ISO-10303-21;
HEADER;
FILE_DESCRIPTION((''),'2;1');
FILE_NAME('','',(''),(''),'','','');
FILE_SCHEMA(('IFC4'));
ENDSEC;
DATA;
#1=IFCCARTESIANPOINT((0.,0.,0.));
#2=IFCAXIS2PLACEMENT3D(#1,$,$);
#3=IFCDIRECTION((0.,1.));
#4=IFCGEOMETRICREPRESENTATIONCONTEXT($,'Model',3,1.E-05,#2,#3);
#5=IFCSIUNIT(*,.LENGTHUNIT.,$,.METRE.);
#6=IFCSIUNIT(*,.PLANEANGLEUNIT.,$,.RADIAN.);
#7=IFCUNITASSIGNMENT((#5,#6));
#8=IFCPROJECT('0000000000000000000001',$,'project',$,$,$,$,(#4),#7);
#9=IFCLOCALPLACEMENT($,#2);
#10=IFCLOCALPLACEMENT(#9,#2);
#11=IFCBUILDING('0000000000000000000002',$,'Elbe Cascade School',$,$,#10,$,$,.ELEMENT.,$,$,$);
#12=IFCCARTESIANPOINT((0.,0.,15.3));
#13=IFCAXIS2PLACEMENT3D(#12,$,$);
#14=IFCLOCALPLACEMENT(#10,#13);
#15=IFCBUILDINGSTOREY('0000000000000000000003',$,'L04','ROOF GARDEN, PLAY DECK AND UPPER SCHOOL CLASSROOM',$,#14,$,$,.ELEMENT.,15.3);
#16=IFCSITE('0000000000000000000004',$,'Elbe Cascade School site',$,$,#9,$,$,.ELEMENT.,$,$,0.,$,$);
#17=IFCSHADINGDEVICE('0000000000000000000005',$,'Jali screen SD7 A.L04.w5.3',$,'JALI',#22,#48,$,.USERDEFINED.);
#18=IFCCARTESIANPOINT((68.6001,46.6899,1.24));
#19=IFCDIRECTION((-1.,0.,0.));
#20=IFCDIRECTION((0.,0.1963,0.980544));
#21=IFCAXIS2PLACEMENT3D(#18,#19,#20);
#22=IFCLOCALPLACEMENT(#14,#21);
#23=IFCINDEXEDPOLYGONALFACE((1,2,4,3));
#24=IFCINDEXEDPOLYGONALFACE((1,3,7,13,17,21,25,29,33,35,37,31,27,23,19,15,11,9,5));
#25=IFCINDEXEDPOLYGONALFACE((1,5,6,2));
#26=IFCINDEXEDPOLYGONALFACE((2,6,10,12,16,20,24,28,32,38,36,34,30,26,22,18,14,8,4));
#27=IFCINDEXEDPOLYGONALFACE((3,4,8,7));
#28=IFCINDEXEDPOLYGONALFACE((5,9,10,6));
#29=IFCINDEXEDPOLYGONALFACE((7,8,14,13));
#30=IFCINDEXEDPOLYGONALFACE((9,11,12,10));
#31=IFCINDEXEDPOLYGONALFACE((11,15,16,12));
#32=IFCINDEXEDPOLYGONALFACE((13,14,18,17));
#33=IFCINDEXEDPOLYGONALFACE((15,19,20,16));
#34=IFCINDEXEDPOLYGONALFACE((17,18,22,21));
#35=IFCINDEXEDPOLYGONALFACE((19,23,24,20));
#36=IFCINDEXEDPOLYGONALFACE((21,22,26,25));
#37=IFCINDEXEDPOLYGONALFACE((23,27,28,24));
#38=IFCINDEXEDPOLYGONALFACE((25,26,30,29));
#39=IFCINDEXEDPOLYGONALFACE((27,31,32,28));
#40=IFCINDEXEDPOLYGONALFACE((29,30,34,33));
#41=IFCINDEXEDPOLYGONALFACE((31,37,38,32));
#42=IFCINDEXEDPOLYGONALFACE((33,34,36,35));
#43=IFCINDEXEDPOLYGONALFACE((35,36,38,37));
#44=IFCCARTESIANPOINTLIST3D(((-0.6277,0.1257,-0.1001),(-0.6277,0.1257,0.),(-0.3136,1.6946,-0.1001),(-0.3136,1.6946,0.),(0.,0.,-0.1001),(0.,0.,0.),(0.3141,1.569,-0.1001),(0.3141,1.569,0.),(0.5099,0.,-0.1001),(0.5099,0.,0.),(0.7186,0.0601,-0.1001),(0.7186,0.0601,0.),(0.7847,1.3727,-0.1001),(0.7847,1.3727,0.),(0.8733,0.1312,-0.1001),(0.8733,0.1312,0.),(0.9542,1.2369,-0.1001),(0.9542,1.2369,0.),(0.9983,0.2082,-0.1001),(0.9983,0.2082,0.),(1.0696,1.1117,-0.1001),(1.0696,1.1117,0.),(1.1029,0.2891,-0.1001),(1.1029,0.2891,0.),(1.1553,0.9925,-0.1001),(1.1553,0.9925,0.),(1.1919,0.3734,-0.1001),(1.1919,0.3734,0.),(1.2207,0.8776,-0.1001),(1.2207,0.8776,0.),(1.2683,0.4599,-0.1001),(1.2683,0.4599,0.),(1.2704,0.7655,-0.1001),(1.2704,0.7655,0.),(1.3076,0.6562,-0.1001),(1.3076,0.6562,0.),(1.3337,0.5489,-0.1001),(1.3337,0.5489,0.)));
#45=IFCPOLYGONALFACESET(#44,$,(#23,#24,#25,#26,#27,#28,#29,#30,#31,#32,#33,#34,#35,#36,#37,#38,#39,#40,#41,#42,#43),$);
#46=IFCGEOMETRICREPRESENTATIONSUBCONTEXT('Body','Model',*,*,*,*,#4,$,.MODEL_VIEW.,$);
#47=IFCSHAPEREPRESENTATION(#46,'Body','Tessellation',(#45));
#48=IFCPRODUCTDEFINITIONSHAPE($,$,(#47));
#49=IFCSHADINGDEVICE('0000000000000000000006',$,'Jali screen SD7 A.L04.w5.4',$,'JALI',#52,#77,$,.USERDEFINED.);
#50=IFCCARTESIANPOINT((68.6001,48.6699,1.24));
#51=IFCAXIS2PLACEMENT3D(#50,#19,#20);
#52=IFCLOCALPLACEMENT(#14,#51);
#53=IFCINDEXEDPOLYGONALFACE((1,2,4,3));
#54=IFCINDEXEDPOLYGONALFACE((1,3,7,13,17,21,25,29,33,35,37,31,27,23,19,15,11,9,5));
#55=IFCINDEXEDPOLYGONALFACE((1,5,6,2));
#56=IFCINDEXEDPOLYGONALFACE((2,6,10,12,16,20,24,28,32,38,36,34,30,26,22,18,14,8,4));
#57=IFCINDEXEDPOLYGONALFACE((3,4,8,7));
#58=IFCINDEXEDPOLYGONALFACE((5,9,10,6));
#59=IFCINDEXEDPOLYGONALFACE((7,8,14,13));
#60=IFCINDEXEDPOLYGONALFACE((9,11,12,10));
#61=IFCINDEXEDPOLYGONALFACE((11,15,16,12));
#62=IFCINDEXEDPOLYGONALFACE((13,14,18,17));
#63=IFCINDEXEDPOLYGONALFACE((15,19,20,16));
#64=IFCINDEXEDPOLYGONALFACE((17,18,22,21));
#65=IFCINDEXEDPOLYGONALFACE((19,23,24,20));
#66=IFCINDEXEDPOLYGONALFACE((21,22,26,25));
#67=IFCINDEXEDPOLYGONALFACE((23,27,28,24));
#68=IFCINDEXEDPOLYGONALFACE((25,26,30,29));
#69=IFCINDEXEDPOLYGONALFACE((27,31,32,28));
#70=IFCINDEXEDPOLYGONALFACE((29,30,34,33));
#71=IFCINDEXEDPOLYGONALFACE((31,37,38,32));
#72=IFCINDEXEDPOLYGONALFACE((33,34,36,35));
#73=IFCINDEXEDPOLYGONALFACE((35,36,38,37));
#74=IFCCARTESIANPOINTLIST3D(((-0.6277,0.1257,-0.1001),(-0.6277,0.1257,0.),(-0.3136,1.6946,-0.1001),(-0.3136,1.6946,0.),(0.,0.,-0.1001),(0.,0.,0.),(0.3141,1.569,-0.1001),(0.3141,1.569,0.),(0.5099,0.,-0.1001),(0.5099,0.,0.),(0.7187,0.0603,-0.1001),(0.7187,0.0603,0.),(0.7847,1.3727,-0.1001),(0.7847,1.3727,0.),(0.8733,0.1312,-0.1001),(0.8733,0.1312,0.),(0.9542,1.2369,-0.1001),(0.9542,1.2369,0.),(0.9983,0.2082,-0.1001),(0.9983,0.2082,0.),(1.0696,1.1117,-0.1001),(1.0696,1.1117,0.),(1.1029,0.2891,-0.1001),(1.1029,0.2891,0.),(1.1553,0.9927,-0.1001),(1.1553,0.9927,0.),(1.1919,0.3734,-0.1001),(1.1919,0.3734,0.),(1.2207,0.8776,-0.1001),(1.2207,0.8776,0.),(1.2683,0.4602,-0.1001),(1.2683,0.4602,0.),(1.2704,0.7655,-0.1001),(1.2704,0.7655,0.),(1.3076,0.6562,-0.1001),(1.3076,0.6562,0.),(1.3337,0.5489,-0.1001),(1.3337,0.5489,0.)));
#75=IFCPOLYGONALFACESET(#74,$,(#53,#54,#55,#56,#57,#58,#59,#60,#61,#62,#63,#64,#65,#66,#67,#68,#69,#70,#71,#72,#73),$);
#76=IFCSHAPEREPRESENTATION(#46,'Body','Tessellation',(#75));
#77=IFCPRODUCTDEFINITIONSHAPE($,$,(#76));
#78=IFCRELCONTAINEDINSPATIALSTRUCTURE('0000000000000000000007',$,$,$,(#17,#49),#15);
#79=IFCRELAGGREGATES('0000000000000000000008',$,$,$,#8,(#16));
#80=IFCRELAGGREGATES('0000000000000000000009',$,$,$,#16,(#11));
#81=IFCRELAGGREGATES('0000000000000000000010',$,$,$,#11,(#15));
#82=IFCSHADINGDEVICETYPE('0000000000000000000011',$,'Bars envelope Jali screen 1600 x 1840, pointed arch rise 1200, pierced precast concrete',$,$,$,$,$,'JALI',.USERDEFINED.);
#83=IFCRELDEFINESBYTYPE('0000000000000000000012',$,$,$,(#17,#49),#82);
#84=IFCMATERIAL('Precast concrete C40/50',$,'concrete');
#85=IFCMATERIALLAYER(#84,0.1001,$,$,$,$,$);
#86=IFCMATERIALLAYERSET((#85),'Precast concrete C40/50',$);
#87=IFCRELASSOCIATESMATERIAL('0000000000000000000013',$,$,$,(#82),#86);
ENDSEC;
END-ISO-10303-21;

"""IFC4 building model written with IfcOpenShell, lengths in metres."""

from ifc_helpers import new_model, si_unit, direction, frame, origin, place, context, subcontext, project, spatial, polyline, outline, extrude, material, layer, layer_set, type_object, element, save


model = new_model("IFC4")

# Units and contexts
model_context = context("Model", 3, precision=1e-05, world=origin(), true_north=direction((0.0, 1.0)))
body_context = subcontext(model_context, "Body", "Model", "MODEL_VIEW")
ifc_project = project(units=[si_unit("LENGTHUNIT", "METRE"), si_unit("PLANEANGLEUNIT", "RADIAN")], contexts=[model_context])

# Site, building, storey
site_placement = place(None, origin())
site = spatial("IfcSite", under=ifc_project, at=site_placement, Name="Elbe Cascade School site", CompositionType="ELEMENT", RefElevation=0.0)
building_placement = place(site_placement, origin())
building = spatial("IfcBuilding", under=site, at=building_placement, Name="Elbe Cascade School", CompositionType="ELEMENT")
storey_placement = place(building_placement, frame((0.0, 0.0, 15.3)))
storey = spatial("IfcBuildingStorey", under=building, at=storey_placement, Name="L04", Description="ROOF GARDEN, PLAY DECK AND UPPER SCHOOL CLASSROOM", CompositionType="ELEMENT", Elevation=15.3)

# Shading devices
ifc_material_1 = material(Name="Precast concrete C40/50", Category="concrete")
ifc_layer_1 = layer(ifc_material_1, 0.1001)
ifc_layer_set_1 = layer_set([ifc_layer_1], Name="Precast concrete C40/50")
shading_device_type = type_object("IfcShadingDeviceType", Name="Bars envelope Jali screen 1600 x 1840, pointed arch rise 1200, pierced precast concrete", ElementType="JALI", PredefinedType="USERDEFINED", material=ifc_layer_set_1)
shading_device_1_placement = place(storey_placement, frame((68.6001, 46.6899, 1.24), z_axis=(-1.0, 0.0, 0.0), x_axis=(0.0, 0.1963, 0.980544)))
element("IfcShadingDevice", 1, at=shading_device_1_placement, inside=storey, type_object=shading_device_type, Name="Jali screen SD7 A.L04.w5.3", ObjectType="JALI", PredefinedType="USERDEFINED", context=body_context, shape_type="SweptSolid", body=[
    extrude(outline(polyline([(0.0, 0.0), (0.5099, 0.0), (0.7186, 0.0601), (0.8733, 0.1312), (0.9983, 0.2082), (1.1029, 0.2891), (1.1919, 0.3734), (1.2683, 0.4599), (1.3337, 0.5489), (1.3076, 0.6562), (1.2704, 0.7655), (1.2207, 0.8776), (1.1553, 0.9925), (1.0696, 1.1117), (0.9542, 1.2369), (0.7847, 1.3727), (0.3141, 1.569), (-0.3136, 1.6946), (-0.6277, 0.1257), (0.0, 0.0)])), origin(), (0.0, 0.0, -1.0), 0.1001),
])
shading_device_2_placement = place(storey_placement, frame((68.6001, 48.6699, 1.24), z_axis=(-1.0, 0.0, 0.0), x_axis=(0.0, 0.1963, 0.980544)))
element("IfcShadingDevice", 2, at=shading_device_2_placement, inside=storey, type_object=shading_device_type, Name="Jali screen SD7 A.L04.w5.4", ObjectType="JALI", PredefinedType="USERDEFINED", context=body_context, shape_type="SweptSolid", body=[
    extrude(outline(polyline([(0.0, 0.0), (0.5099, 0.0), (0.7187, 0.0603), (0.8733, 0.1312), (0.9983, 0.2082), (1.1029, 0.2891), (1.1919, 0.3734), (1.2683, 0.4602), (1.3337, 0.5489), (1.3076, 0.6562), (1.2704, 0.7655), (1.2207, 0.8776), (1.1553, 0.9927), (1.0696, 1.1117), (0.9542, 1.2369), (0.7847, 1.3727), (0.3141, 1.569), (-0.3136, 1.6946), (-0.6277, 0.1257), (0.0, 0.0)])), origin(), (0.0, 0.0, -1.0), 0.1001),
])

save(model, "model.ifc")
